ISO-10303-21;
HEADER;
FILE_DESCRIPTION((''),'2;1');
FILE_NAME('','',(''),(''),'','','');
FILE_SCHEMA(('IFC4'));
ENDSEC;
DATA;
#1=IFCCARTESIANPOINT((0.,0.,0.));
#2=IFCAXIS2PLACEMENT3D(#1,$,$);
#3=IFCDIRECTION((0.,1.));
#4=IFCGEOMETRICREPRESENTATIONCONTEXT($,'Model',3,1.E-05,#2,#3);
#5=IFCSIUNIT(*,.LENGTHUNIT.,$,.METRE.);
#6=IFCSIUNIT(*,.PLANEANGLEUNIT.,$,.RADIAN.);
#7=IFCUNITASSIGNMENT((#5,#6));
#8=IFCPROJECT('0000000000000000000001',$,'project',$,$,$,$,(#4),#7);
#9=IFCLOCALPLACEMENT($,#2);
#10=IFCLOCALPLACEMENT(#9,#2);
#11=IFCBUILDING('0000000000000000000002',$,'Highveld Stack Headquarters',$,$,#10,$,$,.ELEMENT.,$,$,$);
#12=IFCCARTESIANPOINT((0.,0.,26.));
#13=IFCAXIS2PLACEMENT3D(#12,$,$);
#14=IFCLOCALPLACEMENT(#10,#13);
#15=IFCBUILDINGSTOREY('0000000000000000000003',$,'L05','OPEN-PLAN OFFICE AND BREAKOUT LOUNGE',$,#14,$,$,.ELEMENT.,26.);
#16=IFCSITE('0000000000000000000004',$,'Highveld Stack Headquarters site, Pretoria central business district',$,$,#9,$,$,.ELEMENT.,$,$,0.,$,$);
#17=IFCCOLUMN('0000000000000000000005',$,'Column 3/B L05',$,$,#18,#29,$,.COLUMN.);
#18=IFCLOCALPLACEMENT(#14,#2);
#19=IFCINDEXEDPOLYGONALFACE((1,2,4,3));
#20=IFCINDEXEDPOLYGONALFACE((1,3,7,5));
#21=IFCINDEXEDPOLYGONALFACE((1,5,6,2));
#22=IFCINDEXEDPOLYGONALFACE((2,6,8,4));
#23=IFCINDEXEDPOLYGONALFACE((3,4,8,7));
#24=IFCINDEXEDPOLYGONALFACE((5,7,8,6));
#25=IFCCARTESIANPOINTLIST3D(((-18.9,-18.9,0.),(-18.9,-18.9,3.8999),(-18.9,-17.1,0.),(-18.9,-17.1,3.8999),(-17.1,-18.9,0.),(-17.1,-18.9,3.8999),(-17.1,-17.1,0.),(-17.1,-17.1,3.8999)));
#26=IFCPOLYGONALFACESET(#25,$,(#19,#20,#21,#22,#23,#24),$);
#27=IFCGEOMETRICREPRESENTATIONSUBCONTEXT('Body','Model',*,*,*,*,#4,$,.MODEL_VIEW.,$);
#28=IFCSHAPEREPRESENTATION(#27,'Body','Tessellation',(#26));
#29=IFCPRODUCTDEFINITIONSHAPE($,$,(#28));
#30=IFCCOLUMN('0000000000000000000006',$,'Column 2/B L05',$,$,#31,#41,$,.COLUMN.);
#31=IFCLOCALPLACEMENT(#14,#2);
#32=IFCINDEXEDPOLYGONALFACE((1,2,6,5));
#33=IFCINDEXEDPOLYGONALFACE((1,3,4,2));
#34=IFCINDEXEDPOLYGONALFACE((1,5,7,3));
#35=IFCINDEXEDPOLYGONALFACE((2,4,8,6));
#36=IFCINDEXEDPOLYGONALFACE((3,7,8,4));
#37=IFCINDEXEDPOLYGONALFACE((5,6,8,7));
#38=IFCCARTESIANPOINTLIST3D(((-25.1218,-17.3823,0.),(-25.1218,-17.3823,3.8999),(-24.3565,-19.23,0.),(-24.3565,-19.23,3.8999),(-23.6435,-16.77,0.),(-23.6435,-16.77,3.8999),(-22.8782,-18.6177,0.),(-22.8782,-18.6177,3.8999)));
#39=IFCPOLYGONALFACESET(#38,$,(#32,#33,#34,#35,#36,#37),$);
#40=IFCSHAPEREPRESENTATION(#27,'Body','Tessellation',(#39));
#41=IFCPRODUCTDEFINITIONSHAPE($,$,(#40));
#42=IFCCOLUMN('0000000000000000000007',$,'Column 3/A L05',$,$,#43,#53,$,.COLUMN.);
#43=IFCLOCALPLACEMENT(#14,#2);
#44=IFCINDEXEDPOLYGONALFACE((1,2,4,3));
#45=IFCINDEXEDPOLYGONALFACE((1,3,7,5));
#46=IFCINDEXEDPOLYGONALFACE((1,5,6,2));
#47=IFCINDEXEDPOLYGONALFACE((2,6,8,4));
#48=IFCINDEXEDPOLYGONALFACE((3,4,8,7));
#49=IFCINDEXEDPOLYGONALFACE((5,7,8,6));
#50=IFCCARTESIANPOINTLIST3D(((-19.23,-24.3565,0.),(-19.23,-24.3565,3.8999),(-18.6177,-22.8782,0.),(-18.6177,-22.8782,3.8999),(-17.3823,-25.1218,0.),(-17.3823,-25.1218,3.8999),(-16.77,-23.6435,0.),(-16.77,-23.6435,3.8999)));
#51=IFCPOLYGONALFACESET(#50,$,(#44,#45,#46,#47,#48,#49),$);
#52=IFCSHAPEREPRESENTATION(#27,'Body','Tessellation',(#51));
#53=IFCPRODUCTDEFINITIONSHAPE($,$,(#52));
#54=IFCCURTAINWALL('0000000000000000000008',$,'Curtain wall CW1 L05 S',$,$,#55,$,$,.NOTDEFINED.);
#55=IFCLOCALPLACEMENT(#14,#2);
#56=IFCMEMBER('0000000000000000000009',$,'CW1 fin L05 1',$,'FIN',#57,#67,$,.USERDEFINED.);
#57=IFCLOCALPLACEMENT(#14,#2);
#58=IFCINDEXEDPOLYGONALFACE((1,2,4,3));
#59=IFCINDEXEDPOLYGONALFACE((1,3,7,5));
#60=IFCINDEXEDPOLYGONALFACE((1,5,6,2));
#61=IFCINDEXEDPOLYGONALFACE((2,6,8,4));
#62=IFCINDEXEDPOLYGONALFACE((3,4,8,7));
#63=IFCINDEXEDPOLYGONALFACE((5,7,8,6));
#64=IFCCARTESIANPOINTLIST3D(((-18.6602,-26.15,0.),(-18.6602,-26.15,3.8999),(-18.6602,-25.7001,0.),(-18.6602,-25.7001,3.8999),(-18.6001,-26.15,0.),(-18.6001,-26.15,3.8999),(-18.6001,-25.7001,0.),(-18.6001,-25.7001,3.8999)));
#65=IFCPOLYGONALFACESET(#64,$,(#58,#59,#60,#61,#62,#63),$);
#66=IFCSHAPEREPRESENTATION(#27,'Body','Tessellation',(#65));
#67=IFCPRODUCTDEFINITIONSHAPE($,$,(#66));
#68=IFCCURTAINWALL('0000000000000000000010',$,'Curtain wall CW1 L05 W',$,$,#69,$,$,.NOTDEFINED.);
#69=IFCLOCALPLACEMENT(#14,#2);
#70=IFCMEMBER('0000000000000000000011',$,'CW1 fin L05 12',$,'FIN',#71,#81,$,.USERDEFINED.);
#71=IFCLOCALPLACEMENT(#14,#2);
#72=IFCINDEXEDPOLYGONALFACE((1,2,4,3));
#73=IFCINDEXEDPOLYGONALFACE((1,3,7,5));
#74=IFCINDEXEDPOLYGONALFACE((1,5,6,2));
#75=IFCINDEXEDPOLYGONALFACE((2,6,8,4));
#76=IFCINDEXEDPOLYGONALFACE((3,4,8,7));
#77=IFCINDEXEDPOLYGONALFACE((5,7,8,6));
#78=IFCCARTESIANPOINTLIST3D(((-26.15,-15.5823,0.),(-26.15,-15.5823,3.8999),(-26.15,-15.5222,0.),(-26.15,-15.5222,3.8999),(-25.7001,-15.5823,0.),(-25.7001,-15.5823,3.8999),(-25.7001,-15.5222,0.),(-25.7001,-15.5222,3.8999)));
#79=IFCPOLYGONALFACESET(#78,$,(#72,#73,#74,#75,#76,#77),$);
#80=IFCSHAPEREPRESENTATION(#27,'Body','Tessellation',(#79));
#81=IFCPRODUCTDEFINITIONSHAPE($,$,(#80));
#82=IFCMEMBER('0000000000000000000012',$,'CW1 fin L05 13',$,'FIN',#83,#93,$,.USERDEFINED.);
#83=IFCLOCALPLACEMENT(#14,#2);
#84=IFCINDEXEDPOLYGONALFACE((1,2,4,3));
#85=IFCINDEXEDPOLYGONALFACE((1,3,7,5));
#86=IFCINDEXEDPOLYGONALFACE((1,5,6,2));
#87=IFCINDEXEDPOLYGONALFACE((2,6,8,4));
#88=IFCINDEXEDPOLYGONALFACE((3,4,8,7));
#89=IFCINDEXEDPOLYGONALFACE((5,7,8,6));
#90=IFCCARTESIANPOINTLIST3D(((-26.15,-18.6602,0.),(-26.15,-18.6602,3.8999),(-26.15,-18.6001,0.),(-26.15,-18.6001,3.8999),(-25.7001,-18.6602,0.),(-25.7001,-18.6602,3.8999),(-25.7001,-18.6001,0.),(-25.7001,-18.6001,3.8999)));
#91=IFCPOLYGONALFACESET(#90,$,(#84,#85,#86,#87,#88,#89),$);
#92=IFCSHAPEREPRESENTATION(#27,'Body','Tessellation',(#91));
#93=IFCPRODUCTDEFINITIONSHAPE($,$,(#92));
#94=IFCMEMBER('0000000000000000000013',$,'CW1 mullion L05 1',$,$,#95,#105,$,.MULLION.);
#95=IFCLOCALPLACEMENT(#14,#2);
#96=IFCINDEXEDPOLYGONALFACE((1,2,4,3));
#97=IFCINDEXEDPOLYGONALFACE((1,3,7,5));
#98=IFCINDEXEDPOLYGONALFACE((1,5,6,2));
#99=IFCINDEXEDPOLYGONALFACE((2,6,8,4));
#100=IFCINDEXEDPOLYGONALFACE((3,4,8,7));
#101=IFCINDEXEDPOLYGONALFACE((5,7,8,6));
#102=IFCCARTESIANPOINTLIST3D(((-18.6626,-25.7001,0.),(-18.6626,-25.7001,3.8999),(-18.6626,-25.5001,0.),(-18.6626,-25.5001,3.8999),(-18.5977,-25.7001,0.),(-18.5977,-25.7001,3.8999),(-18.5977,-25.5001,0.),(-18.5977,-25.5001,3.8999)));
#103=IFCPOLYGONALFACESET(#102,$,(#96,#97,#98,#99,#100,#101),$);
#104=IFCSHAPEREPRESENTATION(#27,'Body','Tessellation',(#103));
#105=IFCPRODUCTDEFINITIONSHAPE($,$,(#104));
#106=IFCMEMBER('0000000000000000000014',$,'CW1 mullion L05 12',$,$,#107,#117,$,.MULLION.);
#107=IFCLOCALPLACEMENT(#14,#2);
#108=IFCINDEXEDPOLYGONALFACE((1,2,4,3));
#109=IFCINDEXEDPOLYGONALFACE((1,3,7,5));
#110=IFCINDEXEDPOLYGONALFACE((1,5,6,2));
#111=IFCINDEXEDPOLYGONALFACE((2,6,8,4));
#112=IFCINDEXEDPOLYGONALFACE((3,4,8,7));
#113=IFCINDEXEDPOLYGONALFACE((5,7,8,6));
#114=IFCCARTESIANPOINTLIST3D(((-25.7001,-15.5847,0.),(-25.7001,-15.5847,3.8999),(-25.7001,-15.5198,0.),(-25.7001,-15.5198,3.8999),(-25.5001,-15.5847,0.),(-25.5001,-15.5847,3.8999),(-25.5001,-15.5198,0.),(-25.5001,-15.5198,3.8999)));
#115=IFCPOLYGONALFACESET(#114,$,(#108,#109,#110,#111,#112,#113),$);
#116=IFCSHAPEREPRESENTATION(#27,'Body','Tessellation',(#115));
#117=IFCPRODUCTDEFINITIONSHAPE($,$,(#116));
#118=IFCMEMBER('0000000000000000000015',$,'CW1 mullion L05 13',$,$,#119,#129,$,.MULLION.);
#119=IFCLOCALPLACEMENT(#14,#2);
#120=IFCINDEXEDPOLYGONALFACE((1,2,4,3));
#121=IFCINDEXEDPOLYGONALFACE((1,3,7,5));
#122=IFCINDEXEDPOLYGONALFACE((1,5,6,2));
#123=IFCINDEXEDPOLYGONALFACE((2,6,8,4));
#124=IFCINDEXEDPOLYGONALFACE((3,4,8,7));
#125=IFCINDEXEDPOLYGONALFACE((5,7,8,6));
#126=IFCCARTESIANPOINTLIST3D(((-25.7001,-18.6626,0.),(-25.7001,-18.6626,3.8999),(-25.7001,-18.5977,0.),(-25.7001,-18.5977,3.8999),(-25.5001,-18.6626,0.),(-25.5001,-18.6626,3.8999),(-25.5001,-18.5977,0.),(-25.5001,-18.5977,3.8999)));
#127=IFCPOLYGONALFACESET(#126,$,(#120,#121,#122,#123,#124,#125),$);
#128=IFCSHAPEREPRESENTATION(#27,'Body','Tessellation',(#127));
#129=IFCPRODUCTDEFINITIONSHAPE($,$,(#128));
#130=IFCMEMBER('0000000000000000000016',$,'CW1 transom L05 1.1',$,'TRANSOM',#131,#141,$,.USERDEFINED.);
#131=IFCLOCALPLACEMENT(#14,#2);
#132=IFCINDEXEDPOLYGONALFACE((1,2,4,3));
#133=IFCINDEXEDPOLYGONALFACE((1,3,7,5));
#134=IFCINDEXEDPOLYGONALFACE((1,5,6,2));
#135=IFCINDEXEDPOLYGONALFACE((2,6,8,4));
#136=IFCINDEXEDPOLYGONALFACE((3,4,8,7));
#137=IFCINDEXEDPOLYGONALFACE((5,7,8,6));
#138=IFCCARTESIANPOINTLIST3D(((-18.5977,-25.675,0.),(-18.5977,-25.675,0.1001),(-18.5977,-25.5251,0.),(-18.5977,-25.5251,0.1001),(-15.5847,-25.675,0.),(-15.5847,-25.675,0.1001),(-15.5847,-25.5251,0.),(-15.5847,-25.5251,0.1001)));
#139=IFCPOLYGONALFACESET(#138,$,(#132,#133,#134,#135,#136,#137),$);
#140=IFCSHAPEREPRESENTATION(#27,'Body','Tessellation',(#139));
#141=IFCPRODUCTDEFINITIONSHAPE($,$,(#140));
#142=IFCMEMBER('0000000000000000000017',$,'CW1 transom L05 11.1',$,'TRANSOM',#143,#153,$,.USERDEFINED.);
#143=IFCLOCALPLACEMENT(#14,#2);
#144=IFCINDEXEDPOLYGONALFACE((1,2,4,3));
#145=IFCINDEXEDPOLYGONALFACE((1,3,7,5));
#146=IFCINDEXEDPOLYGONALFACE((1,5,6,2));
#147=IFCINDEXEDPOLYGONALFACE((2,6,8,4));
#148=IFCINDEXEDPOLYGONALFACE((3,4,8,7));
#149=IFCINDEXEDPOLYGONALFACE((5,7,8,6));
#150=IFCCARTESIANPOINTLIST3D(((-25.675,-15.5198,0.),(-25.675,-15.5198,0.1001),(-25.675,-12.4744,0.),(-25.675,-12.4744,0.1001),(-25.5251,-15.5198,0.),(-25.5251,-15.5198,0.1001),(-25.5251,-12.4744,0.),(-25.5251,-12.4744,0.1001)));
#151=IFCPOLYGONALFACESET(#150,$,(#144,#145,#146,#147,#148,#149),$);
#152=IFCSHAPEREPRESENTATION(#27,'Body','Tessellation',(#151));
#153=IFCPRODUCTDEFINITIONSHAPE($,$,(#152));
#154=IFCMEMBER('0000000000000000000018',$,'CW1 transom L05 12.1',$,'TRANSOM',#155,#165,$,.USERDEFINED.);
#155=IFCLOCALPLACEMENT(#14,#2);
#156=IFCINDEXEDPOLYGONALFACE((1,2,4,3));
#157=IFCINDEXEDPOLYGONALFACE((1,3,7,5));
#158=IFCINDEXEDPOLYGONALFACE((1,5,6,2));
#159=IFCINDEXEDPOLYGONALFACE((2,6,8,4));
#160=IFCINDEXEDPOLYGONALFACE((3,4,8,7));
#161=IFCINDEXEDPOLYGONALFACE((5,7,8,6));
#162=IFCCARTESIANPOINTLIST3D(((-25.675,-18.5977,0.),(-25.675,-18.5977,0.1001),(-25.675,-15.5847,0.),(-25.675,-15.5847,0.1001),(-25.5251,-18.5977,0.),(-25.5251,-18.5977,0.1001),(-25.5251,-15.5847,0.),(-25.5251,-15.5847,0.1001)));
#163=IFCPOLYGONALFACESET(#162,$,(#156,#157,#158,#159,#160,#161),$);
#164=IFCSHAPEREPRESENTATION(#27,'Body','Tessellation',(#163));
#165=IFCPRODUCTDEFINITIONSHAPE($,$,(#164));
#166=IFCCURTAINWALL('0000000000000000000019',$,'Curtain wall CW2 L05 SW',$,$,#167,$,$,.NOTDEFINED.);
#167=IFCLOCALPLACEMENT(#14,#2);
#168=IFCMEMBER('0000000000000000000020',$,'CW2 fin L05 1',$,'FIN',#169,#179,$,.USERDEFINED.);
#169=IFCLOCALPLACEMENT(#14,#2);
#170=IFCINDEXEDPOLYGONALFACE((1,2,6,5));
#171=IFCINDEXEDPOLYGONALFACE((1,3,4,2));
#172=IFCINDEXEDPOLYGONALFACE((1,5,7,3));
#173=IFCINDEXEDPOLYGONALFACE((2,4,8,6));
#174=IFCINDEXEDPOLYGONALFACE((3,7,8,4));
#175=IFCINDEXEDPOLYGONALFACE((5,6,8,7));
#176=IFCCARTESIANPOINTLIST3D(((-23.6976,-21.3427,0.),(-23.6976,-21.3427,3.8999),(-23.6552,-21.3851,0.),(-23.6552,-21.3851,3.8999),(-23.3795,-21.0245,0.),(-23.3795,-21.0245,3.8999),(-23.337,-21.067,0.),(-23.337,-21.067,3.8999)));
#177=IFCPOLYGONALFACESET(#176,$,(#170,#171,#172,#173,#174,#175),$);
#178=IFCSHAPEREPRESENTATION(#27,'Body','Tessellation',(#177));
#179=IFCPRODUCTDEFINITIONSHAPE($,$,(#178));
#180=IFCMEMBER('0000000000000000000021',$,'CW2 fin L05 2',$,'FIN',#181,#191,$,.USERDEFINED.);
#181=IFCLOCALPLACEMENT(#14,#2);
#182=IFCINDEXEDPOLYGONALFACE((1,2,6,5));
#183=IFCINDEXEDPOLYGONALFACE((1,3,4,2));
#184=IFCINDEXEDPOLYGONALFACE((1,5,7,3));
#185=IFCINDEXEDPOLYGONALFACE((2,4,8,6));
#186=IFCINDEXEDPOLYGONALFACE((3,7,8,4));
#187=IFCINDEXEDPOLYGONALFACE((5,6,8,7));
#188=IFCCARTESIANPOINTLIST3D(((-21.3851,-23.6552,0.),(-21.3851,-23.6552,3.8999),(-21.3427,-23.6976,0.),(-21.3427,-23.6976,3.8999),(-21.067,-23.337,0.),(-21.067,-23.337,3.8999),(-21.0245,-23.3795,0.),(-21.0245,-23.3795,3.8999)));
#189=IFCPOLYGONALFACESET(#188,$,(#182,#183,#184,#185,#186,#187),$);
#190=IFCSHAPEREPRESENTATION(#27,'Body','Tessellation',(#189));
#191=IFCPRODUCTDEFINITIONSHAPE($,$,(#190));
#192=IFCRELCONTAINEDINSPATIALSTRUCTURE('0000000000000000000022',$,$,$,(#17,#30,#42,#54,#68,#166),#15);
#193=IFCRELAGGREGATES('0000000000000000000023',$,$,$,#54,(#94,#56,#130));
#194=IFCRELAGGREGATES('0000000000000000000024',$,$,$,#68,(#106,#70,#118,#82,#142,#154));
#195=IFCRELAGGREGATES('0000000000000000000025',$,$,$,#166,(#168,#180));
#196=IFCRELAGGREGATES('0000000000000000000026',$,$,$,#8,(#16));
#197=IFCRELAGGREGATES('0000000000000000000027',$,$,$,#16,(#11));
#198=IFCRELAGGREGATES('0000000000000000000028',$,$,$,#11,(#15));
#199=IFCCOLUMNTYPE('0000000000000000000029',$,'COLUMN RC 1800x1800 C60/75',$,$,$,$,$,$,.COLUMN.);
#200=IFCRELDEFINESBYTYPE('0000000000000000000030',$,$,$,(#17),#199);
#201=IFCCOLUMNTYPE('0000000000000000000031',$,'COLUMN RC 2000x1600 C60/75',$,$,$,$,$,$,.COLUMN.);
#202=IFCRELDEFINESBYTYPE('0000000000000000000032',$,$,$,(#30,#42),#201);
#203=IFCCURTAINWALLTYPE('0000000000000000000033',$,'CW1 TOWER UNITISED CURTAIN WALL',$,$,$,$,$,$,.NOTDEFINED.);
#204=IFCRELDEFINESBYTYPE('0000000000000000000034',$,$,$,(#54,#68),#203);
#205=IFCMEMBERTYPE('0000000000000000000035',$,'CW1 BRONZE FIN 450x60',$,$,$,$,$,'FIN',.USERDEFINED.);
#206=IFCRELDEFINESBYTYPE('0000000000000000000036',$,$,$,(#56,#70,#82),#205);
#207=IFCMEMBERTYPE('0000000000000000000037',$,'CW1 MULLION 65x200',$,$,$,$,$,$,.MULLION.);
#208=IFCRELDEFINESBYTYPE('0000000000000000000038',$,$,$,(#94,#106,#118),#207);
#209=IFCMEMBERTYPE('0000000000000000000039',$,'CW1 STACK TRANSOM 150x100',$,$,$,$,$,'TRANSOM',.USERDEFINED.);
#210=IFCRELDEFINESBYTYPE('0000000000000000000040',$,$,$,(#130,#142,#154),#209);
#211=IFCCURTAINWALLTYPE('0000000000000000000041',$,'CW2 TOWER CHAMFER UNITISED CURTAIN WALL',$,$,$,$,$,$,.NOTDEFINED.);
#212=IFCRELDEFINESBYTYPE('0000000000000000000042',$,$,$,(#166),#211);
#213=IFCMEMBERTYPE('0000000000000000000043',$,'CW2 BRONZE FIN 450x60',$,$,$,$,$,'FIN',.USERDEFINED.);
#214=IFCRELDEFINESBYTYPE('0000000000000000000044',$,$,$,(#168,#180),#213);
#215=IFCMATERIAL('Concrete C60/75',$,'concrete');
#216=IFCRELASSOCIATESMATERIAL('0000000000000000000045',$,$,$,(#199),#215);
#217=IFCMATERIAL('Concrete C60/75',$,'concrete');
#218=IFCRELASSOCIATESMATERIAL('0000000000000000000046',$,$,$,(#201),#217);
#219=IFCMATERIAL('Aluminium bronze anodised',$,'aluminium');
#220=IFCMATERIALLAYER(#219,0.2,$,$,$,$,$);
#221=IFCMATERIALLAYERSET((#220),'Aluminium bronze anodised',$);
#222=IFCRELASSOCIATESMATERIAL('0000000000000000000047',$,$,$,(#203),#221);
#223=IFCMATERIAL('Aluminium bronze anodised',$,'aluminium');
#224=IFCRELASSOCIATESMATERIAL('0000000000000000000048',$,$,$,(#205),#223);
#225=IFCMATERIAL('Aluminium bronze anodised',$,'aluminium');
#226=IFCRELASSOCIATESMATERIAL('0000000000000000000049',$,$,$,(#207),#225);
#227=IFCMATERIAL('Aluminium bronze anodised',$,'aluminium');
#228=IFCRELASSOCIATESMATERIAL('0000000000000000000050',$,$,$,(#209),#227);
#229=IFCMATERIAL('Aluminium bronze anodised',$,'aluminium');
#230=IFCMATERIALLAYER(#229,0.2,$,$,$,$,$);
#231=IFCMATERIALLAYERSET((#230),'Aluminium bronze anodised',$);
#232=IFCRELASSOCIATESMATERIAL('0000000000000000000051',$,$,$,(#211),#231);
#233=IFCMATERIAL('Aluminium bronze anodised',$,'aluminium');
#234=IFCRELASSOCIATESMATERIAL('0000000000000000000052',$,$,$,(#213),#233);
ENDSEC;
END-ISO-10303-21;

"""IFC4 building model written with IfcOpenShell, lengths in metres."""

from ifc_helpers import new_model, si_unit, direction, frame, origin, origin_2d, place, context, subcontext, project, spatial, rectangle, extrude, material, layer, layer_set, material_profile, profile_set, type_object, element, aggregate, save


model = new_model("IFC4")

# Units and contexts
model_context = context("Model", 3, precision=1e-05, world=origin(), true_north=direction((0.0, 1.0)))
body_context = subcontext(model_context, "Body", "Model", "MODEL_VIEW")
ifc_project = project(units=[si_unit("LENGTHUNIT", "METRE"), si_unit("PLANEANGLEUNIT", "RADIAN")], contexts=[model_context])

# Site, building, storey
site_placement = place(None, origin())
site = spatial("IfcSite", under=ifc_project, at=site_placement, Name="Highveld Stack Headquarters site, Pretoria central business district", CompositionType="ELEMENT", RefElevation=0.0)
building_placement = place(site_placement, origin())
building = spatial("IfcBuilding", under=site, at=building_placement, Name="Highveld Stack Headquarters", CompositionType="ELEMENT")
storey_placement = place(building_placement, frame((0.0, 0.0, 26.0)))
storey = spatial("IfcBuildingStorey", under=building, at=storey_placement, Name="L05", Description="OPEN-PLAN OFFICE AND BREAKOUT LOUNGE", CompositionType="ELEMENT", Elevation=26.0)

# Columns
ifc_material_1 = material(Name="Concrete C60/75", Category="concrete")
ifc_material_profile_1 = material_profile(ifc_material_1, rectangle(XDim=1.8, YDim=1.8, at=origin_2d()), Name="RC 1800x1800")
ifc_profile_set_1 = profile_set([ifc_material_profile_1], Name="Concrete C60/75")
column_type_1 = type_object("IfcColumnType", Name="COLUMN RC 1800x1800 C60/75", PredefinedType="COLUMN", material=ifc_profile_set_1)
column_placement = place(storey_placement, frame((-18.0, -18.0, 0.0), z_axis=(0.0, 0.0, 1.0), x_axis=(1.0, 0.0, 0.0)))
element("IfcColumn", 1, at=column_placement, inside=storey, type_object=column_type_1, Name="Column 3/B L05", PredefinedType="COLUMN", context=body_context, shape_type="SweptSolid", body=[
    extrude(rectangle(XDim=1.8, YDim=1.8, at=origin_2d()), origin(), (0.0, 0.0, 1.0), 3.8999),
])
ifc_material_2 = material(Name="Concrete C60/75", Category="concrete")
ifc_material_profile_2 = material_profile(ifc_material_2, rectangle(XDim=2.0, YDim=1.6001, at=origin_2d()), Name="RC 2000x1600")
ifc_profile_set_2 = profile_set([ifc_material_profile_2], Name="Concrete C60/75")
column_type_2 = type_object("IfcColumnType", Name="COLUMN RC 2000x1600 C60/75", PredefinedType="COLUMN", material=ifc_profile_set_2)
for number, where, z_axis, x_axis, name in (
    (2, (-24.0, -18.0, 0.0), (0.0, 0.0, 1.0), (-0.382683, 0.92388, 0.0), "Column 2/B L05"),
    (3, (-18.0, -24.0, 0.0), (0.0, 0.0, 1.0), (-0.92388, 0.382683, 0.0), "Column 3/A L05"),
):
    element("IfcColumn", number, at=place(storey_placement, frame(where, z_axis=z_axis, x_axis=x_axis)), inside=storey, type_object=column_type_2, Name=name, PredefinedType="COLUMN", context=body_context, shape_type="SweptSolid", body=[
        extrude(rectangle(XDim=2.0, YDim=1.6001, at=origin_2d()), origin(), (0.0, 0.0, 1.0), 3.8999),
    ])

# Curtain wall, member
ifc_material_3 = material(Name="Aluminium bronze anodised", Category="aluminium")
ifc_layer_1 = layer(ifc_material_3, 0.2)
ifc_layer_set_1 = layer_set([ifc_layer_1], Name="Aluminium bronze anodised")
curtain_wall_type_1 = type_object("IfcCurtainWallType", Name="CW1 TOWER UNITISED CURTAIN WALL", PredefinedType="NOTDEFINED", material=ifc_layer_set_1)
curtain_wall_1_placement = place(storey_placement, origin())
curtain_wall_1 = element("IfcCurtainWall", 4, at=curtain_wall_1_placement, inside=storey, type_object=curtain_wall_type_1, Name="Curtain wall CW1 L05 S", PredefinedType="NOTDEFINED")
ifc_material_4 = material(Name="Aluminium bronze anodised", Category="aluminium")
ifc_material_profile_3 = material_profile(ifc_material_4, rectangle(XDim=0.45, YDim=0.0601, at=origin_2d()), Name="FIN 450x60")
ifc_profile_set_3 = profile_set([ifc_material_profile_3], Name="Aluminium bronze anodised")
member_type_1 = type_object("IfcMemberType", Name="CW1 BRONZE FIN 450x60", ElementType="FIN", PredefinedType="USERDEFINED", material=ifc_profile_set_3)
member_1_placement = place(storey_placement, frame((-18.6301, -25.925, 0.0), z_axis=(0.0, 0.0, 1.0), x_axis=(0.0, 1.0, 0.0)))
member_1 = element("IfcMember", 5, at=member_1_placement, type_object=member_type_1, Name="CW1 fin L05 1", ObjectType="FIN", PredefinedType="USERDEFINED", context=body_context, shape_type="SweptSolid", body=[
    extrude(rectangle(XDim=0.45, YDim=0.0601, at=origin_2d()), origin(), (0.0, 0.0, 1.0), 3.8999),
])

# Curtain wall, members
curtain_wall_2_placement = place(storey_placement, origin())
curtain_wall_2 = element("IfcCurtainWall", 6, at=curtain_wall_2_placement, inside=storey, type_object=curtain_wall_type_1, Name="Curtain wall CW1 L05 W", PredefinedType="NOTDEFINED")
member_2_placement = place(storey_placement, frame((-25.925, -15.5522, 0.0), z_axis=(0.0, 0.0, 1.0), x_axis=(1.0, 0.0, 0.0)))
member_2 = element("IfcMember", 7, at=member_2_placement, type_object=member_type_1, Name="CW1 fin L05 12", ObjectType="FIN", PredefinedType="USERDEFINED", context=body_context, shape_type="SweptSolid", body=[
    extrude(rectangle(XDim=0.45, YDim=0.0601, at=origin_2d()), origin(), (0.0, 0.0, 1.0), 3.8999),
])
member_3_placement = place(storey_placement, frame((-25.925, -18.6301, 0.0), z_axis=(0.0, 0.0, 1.0), x_axis=(1.0, 0.0, 0.0)))
member_3 = element("IfcMember", 8, at=member_3_placement, type_object=member_type_1, Name="CW1 fin L05 13", ObjectType="FIN", PredefinedType="USERDEFINED", context=body_context, shape_type="SweptSolid", body=[
    extrude(rectangle(XDim=0.45, YDim=0.0601, at=origin_2d()), origin(), (0.0, 0.0, 1.0), 3.8999),
])

# Members
ifc_material_5 = material(Name="Aluminium bronze anodised", Category="aluminium")
ifc_material_profile_4 = material_profile(ifc_material_5, rectangle(XDim=0.2, YDim=0.0649, at=origin_2d()), Name="CW1 MULLION 65x200")
ifc_profile_set_4 = profile_set([ifc_material_profile_4], Name="Aluminium bronze anodised")
member_type_2 = type_object("IfcMemberType", Name="CW1 MULLION 65x200", PredefinedType="MULLION", material=ifc_profile_set_4)
member_4_placement = place(storey_placement, frame((-18.6301, -25.6001, 0.0), z_axis=(0.0, 0.0, 1.0), x_axis=(0.0, 1.0, 0.0)))
member_4 = element("IfcMember", 9, at=member_4_placement, type_object=member_type_2, Name="CW1 mullion L05 1", PredefinedType="MULLION", context=body_context, shape_type="SweptSolid", body=[
    extrude(rectangle(XDim=0.2, YDim=0.0649, at=origin_2d()), origin(), (0.0, 0.0, 1.0), 3.8999),
])
member_5_placement = place(storey_placement, frame((-25.6001, -15.5522, 0.0), z_axis=(0.0, 0.0, 1.0), x_axis=(1.0, 0.0, 0.0)))
member_5 = element("IfcMember", 10, at=member_5_placement, type_object=member_type_2, Name="CW1 mullion L05 12", PredefinedType="MULLION", context=body_context, shape_type="SweptSolid", body=[
    extrude(rectangle(XDim=0.2, YDim=0.0649, at=origin_2d()), origin(), (0.0, 0.0, 1.0), 3.8999),
])
member_6_placement = place(storey_placement, frame((-25.6001, -18.6301, 0.0), z_axis=(0.0, 0.0, 1.0), x_axis=(1.0, 0.0, 0.0)))
member_6 = element("IfcMember", 11, at=member_6_placement, type_object=member_type_2, Name="CW1 mullion L05 13", PredefinedType="MULLION", context=body_context, shape_type="SweptSolid", body=[
    extrude(rectangle(XDim=0.2, YDim=0.0649, at=origin_2d()), origin(), (0.0, 0.0, 1.0), 3.8999),
])
ifc_material_6 = material(Name="Aluminium bronze anodised", Category="aluminium")
ifc_material_profile_5 = material_profile(ifc_material_6, rectangle(XDim=0.1499, YDim=0.1001, at=origin_2d()), Name="CW1 TRANSOM 150x100")
ifc_profile_set_5 = profile_set([ifc_material_profile_5], Name="Aluminium bronze anodised")
member_type_3 = type_object("IfcMemberType", Name="CW1 STACK TRANSOM 150x100", ElementType="TRANSOM", PredefinedType="USERDEFINED", material=ifc_profile_set_5)
member_7_placement = place(storey_placement, frame((-18.5977, -25.6001, 0.05), z_axis=(1.0, 0.0, 0.0), x_axis=(0.0, 1.0, 0.0)))
member_7 = element("IfcMember", 12, at=member_7_placement, type_object=member_type_3, Name="CW1 transom L05 1.1", ObjectType="TRANSOM", PredefinedType="USERDEFINED", context=body_context, shape_type="SweptSolid", body=[
    extrude(rectangle(XDim=0.1499, YDim=0.1001, at=origin_2d()), origin(), (0.0, 0.0, 1.0), 3.0129),
])
aggregate(curtain_wall_1, [member_4, member_1, member_7])
member_8_placement = place(storey_placement, frame((-25.6001, -12.4744, 0.05), z_axis=(0.0, -1.0, 0.0), x_axis=(1.0, 0.0, 0.0)))
member_8 = element("IfcMember", 13, at=member_8_placement, type_object=member_type_3, Name="CW1 transom L05 11.1", ObjectType="TRANSOM", PredefinedType="USERDEFINED", context=body_context, shape_type="SweptSolid", body=[
    extrude(rectangle(XDim=0.1499, YDim=0.1001, at=origin_2d()), origin(), (0.0, 0.0, 1.0), 3.0454),
])
member_9_placement = place(storey_placement, frame((-25.6001, -15.5847, 0.05), z_axis=(0.0, -1.0, 0.0), x_axis=(1.0, 0.0, 0.0)))
member_9 = element("IfcMember", 14, at=member_9_placement, type_object=member_type_3, Name="CW1 transom L05 12.1", ObjectType="TRANSOM", PredefinedType="USERDEFINED", context=body_context, shape_type="SweptSolid", body=[
    extrude(rectangle(XDim=0.1499, YDim=0.1001, at=origin_2d()), origin(), (0.0, 0.0, 1.0), 3.0129),
])

# Curtain wall, members
ifc_material_7 = material(Name="Aluminium bronze anodised", Category="aluminium")
ifc_layer_2 = layer(ifc_material_7, 0.2)
ifc_layer_set_2 = layer_set([ifc_layer_2], Name="Aluminium bronze anodised")
curtain_wall_type_2 = type_object("IfcCurtainWallType", Name="CW2 TOWER CHAMFER UNITISED CURTAIN WALL", PredefinedType="NOTDEFINED", material=ifc_layer_set_2)
curtain_wall_3_placement = place(storey_placement, origin())
curtain_wall_3 = element("IfcCurtainWall", 15, at=curtain_wall_3_placement, inside=storey, type_object=curtain_wall_type_2, Name="Curtain wall CW2 L05 SW", PredefinedType="NOTDEFINED")
ifc_material_8 = material(Name="Aluminium bronze anodised", Category="aluminium")
ifc_material_profile_6 = material_profile(ifc_material_8, rectangle(XDim=0.45, YDim=0.0601, at=origin_2d()), Name="FIN 450x60")
ifc_profile_set_6 = profile_set([ifc_material_profile_6], Name="Aluminium bronze anodised")
member_type_4 = type_object("IfcMemberType", Name="CW2 BRONZE FIN 450x60", ElementType="FIN", PredefinedType="USERDEFINED", material=ifc_profile_set_6)
member_10_placement = place(storey_placement, frame((-23.5173, -21.2048, 0.0), z_axis=(0.0, 0.0, 1.0), x_axis=(0.707107, 0.707107, 0.0)))
member_10 = element("IfcMember", 16, at=member_10_placement, type_object=member_type_4, Name="CW2 fin L05 1", ObjectType="FIN", PredefinedType="USERDEFINED", context=body_context, shape_type="SweptSolid", body=[
    extrude(rectangle(XDim=0.45, YDim=0.0601, at=origin_2d()), origin(), (0.0, 0.0, 1.0), 3.8999),
])
member_11_placement = place(storey_placement, frame((-21.2048, -23.5173, 0.0), z_axis=(0.0, 0.0, 1.0), x_axis=(0.707107, 0.707107, 0.0)))
member_11 = element("IfcMember", 17, at=member_11_placement, type_object=member_type_4, Name="CW2 fin L05 2", ObjectType="FIN", PredefinedType="USERDEFINED", context=body_context, shape_type="SweptSolid", body=[
    extrude(rectangle(XDim=0.45, YDim=0.0601, at=origin_2d()), origin(), (0.0, 0.0, 1.0), 3.8999),
])

aggregate(curtain_wall_2, [member_5, member_2, member_6, member_3, member_8, member_9])
aggregate(curtain_wall_3, [member_10, member_11])

save(model, "model.ifc")
